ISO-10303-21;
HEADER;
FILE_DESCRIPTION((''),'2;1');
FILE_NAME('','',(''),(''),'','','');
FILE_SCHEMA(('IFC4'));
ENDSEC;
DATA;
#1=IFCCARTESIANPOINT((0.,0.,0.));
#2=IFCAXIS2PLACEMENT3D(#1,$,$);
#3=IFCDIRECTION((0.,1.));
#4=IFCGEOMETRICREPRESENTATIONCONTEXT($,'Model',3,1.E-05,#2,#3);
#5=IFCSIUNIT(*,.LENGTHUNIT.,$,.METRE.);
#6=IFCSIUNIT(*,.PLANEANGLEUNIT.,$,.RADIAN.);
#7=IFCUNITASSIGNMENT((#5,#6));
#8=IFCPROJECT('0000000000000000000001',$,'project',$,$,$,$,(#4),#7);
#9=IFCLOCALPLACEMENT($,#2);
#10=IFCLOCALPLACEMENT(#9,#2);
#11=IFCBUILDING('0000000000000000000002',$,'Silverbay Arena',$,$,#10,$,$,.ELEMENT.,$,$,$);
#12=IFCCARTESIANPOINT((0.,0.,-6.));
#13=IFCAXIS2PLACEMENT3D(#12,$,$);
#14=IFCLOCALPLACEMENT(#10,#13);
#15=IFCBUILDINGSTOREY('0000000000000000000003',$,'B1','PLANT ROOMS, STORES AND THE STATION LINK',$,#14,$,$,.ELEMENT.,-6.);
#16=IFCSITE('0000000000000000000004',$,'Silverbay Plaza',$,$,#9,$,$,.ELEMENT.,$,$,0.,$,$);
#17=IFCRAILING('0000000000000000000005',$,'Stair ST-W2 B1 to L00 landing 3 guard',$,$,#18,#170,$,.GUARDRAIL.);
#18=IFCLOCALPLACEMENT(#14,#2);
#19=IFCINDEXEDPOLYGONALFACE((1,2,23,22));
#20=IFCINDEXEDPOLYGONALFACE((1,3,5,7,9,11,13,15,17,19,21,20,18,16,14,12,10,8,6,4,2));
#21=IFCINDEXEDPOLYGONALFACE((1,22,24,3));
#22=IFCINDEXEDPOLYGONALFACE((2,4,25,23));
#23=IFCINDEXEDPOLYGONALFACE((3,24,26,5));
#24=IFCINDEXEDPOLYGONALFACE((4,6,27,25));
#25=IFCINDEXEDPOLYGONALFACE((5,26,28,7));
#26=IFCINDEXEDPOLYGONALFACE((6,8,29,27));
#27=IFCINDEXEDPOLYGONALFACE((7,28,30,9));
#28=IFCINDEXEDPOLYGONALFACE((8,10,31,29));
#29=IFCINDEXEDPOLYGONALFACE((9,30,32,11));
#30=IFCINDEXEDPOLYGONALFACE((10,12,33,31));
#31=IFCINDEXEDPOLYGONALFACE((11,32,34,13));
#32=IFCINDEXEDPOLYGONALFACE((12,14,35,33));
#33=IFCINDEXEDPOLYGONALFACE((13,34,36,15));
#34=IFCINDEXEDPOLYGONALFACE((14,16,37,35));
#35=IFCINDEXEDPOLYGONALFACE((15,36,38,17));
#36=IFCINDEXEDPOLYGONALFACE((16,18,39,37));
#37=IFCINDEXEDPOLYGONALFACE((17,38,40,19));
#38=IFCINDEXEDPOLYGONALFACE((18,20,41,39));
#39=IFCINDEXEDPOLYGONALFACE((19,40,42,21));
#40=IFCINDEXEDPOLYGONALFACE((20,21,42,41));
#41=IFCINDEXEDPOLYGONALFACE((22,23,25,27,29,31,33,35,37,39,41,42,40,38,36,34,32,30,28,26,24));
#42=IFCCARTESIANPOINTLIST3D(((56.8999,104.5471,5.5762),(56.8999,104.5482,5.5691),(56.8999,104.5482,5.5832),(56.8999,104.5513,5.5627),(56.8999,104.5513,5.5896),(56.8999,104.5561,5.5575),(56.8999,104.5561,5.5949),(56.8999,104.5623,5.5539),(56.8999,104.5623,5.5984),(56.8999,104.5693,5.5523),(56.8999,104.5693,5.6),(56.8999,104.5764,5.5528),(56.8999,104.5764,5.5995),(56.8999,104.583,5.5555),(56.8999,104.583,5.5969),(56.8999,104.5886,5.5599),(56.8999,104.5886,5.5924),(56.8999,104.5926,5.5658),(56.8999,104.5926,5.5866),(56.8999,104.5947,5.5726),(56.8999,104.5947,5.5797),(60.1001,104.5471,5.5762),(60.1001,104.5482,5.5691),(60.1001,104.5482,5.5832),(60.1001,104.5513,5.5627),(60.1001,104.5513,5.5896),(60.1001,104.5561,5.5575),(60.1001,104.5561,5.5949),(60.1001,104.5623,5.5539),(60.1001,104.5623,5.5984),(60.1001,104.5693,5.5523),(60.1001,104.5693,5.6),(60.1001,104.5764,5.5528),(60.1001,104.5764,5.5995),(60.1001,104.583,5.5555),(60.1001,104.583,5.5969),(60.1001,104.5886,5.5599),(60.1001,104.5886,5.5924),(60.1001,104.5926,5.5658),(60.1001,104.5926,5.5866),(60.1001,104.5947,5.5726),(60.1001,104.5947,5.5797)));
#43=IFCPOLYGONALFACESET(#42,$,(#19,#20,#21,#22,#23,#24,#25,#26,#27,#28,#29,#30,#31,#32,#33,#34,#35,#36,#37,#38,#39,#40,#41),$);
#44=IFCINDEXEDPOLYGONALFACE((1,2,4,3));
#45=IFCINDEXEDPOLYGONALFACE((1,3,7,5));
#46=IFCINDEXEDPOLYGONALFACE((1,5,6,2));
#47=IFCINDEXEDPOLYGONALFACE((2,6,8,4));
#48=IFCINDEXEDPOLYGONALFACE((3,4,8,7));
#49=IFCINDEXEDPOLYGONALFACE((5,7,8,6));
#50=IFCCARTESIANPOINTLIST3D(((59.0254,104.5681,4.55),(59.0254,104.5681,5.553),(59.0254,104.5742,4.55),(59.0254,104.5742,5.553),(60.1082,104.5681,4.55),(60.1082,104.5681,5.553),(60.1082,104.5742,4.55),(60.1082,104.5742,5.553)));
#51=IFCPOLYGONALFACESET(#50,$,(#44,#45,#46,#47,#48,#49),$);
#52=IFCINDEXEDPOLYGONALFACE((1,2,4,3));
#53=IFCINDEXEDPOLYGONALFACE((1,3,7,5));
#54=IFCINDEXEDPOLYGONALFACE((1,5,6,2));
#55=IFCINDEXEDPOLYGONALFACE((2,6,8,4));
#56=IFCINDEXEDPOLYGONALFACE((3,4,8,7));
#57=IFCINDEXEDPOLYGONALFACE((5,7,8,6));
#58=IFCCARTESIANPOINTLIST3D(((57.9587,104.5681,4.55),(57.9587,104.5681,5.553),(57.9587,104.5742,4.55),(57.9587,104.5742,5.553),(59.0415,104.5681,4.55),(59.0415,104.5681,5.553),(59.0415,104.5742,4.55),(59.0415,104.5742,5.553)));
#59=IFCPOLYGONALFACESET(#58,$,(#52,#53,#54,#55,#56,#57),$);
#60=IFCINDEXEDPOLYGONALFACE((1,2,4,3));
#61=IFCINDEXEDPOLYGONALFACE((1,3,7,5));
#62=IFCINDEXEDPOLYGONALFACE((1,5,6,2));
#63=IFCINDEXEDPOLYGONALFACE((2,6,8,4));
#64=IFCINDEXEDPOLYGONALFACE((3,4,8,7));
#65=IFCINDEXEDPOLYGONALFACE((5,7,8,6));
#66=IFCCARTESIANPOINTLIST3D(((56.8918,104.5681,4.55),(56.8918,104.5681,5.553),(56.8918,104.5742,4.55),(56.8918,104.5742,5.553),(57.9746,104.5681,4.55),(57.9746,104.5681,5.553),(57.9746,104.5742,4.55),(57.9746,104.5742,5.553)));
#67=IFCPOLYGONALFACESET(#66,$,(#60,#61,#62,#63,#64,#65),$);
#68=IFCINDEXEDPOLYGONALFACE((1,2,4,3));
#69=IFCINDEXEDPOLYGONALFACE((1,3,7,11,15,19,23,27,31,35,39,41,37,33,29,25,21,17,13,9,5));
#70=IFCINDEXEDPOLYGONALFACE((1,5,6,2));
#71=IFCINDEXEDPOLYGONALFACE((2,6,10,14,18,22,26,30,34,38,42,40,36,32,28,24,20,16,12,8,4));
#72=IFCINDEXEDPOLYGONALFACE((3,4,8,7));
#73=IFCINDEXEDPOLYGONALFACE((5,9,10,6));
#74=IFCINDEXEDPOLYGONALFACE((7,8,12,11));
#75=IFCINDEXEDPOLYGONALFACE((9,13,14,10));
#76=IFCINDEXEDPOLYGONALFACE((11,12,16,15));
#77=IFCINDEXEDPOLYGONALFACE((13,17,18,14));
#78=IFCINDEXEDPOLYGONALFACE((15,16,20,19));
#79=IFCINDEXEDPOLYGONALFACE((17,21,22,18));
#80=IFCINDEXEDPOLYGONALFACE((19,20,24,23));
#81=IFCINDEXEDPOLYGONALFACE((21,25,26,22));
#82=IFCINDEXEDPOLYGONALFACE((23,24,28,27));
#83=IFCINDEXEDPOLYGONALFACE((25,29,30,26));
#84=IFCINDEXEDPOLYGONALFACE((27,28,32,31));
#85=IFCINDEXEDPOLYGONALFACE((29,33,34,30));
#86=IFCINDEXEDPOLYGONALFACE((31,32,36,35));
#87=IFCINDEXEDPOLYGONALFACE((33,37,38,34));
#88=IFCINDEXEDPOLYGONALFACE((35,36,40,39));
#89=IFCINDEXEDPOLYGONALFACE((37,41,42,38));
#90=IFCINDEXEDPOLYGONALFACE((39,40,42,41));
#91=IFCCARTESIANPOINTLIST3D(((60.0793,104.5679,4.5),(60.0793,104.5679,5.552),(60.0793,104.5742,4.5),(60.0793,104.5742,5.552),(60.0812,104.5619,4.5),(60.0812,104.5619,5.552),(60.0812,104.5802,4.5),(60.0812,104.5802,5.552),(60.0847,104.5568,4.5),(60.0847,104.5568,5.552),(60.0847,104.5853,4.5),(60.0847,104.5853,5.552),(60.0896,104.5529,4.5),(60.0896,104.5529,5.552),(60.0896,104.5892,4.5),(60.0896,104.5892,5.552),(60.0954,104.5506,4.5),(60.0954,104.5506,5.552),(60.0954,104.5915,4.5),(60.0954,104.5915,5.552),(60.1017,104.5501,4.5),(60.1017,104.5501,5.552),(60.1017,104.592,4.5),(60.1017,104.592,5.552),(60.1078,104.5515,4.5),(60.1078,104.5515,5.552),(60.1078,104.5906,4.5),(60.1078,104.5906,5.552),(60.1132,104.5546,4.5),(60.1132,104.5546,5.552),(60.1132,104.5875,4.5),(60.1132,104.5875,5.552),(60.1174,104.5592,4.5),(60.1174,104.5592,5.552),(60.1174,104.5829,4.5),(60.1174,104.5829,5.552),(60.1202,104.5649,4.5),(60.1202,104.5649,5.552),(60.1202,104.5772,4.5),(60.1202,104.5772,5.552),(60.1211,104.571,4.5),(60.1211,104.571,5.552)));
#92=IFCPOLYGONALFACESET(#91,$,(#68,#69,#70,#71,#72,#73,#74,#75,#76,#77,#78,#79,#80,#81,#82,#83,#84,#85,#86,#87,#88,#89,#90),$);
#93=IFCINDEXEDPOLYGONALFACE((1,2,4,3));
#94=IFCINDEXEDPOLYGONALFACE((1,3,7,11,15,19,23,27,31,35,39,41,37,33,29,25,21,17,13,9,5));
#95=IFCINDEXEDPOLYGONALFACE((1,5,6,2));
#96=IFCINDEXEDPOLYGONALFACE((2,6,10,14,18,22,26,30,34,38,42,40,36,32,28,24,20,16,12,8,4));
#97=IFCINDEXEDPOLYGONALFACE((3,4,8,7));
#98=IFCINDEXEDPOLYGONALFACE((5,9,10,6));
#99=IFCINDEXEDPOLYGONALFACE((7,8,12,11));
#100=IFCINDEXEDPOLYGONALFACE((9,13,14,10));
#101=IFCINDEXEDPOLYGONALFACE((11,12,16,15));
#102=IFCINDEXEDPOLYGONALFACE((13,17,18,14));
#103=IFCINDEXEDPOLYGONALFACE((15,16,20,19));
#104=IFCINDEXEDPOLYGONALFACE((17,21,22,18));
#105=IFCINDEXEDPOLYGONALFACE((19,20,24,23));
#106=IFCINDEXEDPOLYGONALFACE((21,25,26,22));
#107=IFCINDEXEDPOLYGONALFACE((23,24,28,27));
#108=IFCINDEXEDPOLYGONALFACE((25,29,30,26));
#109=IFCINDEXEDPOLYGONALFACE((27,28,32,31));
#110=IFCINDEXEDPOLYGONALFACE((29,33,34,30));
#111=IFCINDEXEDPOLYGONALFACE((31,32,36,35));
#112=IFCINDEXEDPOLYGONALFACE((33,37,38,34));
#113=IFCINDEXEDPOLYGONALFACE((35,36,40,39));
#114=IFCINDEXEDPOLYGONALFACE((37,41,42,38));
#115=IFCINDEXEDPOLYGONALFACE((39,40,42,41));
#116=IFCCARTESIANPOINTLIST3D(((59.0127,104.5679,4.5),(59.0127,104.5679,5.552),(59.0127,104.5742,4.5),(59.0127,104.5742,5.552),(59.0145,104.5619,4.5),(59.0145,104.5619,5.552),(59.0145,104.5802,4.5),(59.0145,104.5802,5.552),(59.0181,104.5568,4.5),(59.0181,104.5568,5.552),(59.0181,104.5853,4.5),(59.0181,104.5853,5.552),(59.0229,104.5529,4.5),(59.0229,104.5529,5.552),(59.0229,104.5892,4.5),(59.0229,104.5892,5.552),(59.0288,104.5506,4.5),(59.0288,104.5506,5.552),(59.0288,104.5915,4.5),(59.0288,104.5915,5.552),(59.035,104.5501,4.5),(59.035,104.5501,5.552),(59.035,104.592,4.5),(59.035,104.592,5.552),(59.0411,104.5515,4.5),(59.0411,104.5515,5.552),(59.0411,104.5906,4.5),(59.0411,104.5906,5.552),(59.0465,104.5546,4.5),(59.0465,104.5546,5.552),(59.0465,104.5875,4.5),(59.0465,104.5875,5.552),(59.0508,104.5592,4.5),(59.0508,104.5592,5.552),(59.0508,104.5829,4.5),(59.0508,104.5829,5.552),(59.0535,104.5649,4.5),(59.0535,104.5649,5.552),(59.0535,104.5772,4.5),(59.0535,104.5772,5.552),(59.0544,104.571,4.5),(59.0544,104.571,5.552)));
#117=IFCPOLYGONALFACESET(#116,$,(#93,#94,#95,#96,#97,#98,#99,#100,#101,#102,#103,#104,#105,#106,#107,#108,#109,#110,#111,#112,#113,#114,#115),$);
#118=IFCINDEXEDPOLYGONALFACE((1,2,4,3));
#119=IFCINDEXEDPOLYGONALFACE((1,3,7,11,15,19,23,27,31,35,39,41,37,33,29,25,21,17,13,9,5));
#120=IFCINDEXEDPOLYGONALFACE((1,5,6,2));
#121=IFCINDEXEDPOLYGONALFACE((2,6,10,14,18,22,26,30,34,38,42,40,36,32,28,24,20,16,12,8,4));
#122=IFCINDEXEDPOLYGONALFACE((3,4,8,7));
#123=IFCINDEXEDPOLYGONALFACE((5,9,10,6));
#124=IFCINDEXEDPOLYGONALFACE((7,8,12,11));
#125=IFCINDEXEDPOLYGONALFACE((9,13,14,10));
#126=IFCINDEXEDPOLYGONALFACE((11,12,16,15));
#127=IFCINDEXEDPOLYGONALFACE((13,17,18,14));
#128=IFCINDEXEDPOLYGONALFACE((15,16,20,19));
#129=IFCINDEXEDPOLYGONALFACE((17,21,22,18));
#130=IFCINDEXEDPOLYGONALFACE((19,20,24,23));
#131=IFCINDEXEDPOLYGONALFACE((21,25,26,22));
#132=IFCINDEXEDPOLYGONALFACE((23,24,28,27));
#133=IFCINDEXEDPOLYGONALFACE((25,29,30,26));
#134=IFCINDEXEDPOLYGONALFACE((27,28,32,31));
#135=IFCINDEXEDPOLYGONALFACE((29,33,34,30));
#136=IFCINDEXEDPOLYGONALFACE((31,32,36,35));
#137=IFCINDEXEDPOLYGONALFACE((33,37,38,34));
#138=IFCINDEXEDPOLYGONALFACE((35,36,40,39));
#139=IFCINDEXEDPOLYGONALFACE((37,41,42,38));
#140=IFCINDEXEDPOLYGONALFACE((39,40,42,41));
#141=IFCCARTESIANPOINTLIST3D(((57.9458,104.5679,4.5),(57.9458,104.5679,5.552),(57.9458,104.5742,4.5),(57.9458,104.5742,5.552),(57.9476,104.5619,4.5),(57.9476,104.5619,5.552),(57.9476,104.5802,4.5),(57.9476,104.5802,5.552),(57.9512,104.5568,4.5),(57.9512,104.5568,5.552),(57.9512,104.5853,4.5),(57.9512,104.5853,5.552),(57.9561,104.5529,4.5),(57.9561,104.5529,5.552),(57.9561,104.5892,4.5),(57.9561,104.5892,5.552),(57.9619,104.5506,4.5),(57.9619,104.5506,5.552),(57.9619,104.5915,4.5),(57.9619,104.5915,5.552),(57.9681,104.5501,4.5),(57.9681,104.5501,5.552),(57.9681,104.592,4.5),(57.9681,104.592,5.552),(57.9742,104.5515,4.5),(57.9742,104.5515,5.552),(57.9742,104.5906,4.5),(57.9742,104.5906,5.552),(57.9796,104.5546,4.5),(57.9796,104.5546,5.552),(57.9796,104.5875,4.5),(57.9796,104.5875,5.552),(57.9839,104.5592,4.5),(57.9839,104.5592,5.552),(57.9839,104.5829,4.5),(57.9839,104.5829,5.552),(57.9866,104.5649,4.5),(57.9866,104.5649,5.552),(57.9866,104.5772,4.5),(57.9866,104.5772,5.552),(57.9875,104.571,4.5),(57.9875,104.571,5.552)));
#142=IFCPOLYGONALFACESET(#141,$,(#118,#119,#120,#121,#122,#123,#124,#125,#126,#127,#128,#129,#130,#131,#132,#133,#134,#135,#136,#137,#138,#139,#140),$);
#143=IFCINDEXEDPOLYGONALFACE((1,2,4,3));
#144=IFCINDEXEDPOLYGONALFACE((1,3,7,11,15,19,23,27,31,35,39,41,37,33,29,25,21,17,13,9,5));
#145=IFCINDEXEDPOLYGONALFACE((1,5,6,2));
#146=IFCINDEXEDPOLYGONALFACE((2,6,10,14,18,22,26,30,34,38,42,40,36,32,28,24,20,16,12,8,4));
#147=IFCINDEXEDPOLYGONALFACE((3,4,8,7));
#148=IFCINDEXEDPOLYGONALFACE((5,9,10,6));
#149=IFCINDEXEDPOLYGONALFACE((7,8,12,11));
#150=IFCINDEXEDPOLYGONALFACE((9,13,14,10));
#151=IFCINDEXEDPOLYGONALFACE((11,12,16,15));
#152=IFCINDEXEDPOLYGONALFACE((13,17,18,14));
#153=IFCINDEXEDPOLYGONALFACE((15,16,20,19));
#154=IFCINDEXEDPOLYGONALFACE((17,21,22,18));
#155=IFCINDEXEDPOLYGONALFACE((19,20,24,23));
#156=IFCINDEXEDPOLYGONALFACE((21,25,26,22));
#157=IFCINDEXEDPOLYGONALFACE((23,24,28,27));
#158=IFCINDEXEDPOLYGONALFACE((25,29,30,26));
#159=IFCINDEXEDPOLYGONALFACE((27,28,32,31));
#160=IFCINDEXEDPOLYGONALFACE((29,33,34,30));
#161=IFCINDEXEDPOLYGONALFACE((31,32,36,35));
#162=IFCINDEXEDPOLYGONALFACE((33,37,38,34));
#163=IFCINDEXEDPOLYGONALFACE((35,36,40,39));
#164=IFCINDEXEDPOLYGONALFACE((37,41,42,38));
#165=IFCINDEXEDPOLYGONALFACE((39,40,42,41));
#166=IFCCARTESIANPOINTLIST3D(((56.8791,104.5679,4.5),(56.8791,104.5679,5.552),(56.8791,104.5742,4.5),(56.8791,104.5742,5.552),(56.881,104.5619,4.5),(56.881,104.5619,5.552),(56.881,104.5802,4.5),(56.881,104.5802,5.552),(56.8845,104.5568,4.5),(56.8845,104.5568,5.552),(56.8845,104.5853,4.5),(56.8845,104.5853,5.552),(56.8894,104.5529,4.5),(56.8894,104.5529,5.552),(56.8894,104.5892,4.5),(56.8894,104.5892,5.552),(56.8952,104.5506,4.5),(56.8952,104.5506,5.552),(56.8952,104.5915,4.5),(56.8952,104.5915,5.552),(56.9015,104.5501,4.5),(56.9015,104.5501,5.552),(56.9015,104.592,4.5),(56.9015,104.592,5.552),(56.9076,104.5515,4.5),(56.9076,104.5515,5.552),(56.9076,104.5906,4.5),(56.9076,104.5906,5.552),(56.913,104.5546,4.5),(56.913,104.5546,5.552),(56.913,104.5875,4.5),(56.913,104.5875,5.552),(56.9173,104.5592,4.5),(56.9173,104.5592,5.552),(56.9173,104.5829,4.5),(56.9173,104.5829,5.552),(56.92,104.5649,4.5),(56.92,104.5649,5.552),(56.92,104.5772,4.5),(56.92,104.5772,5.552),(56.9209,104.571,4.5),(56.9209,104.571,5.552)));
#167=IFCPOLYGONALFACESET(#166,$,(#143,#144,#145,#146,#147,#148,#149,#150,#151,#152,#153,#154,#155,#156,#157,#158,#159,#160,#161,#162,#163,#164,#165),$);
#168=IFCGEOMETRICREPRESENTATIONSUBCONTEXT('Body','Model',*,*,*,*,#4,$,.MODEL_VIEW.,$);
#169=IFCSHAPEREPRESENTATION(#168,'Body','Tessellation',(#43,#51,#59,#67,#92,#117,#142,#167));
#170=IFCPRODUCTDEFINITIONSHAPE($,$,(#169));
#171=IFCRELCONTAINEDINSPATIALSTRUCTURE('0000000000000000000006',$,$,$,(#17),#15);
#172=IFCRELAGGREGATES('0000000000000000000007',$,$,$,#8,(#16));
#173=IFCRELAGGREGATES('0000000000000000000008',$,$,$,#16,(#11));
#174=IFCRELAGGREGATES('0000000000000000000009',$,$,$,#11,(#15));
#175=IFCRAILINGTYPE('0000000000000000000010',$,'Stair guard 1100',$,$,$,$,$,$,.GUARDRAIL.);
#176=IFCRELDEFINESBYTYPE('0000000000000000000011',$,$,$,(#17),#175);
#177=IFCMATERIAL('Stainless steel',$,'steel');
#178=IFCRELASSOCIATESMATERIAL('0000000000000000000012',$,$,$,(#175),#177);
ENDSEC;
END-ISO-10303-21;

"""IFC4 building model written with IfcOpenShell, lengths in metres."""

from ifc_helpers import new_model, si_unit, direction, frame, origin, origin_2d, place, context, subcontext, project, spatial, polyline, circle, outline, extrude, material, type_object, element, save


model = new_model("IFC4")

# Units and contexts
model_context = context("Model", 3, precision=1e-05, world=origin(), true_north=direction((0.0, 1.0)))
body_context = subcontext(model_context, "Body", "Model", "MODEL_VIEW")
ifc_project = project(units=[si_unit("LENGTHUNIT", "METRE"), si_unit("PLANEANGLEUNIT", "RADIAN")], contexts=[model_context])

# Site, building, storey
site_placement = place(None, origin())
site = spatial("IfcSite", under=ifc_project, at=site_placement, Name="Silverbay Plaza", CompositionType="ELEMENT", RefElevation=0.0)
building_placement = place(site_placement, origin())
building = spatial("IfcBuilding", under=site, at=building_placement, Name="Silverbay Arena", CompositionType="ELEMENT")
storey_placement = place(building_placement, frame((0.0, 0.0, -6.0)))
storey = spatial("IfcBuildingStorey", under=building, at=storey_placement, Name="B1", Description="PLANT ROOMS, STORES AND THE STATION LINK", CompositionType="ELEMENT", Elevation=-6.0)

# Railing
ifc_material_1 = material(Name="Stainless steel", Category="steel")
railing_type_1 = type_object("IfcRailingType", Name="Stair guard 1100", PredefinedType="GUARDRAIL", material=ifc_material_1)
for number, where, name in (
    (1, (60.1001, 104.571, 4.5), "Stair ST-W2 B1 to L00 landing 3 guard"),
):
    element("IfcRailing", number, at=place(storey_placement, frame(where)), inside=storey, type_object=railing_type_1, Name=name, PredefinedType="GUARDRAIL", context=body_context, shape_type="SweptSolid", body=[
        extrude(circle(Radius=0.0239, at=origin_2d()), frame((0.0, 0.0, 1.0762), z_axis=(-1.0, 0.0, 0.0), x_axis=(0.0, -1.0, 0.0)), (0.0, 0.0, 1.0), 3.2002),
        extrude(outline(polyline([(-0.0081, 0.05), (1.0747, 0.05), (1.0747, 1.053), (-0.0081, 1.053), (-0.0081, 0.05)])), frame((0.0, -0.0029, 0.0), z_axis=(0.0, 1.0, 0.0), x_axis=(-1.0, 0.0, 0.0)), (0.0, 0.0, 1.0), 0.0061),
        extrude(outline(polyline([(-0.0081, 0.05), (1.0747, 0.05), (1.0747, 1.053), (-0.0081, 1.053), (-0.0081, 0.05)])), frame((-1.0667, -0.0029, 0.0), z_axis=(0.0, 1.0, 0.0), x_axis=(-1.0, 0.0, 0.0)), (0.0, 0.0, 1.0), 0.0061),
        extrude(outline(polyline([(-0.0081, 0.05), (1.0747, 0.05), (1.0747, 1.053), (-0.0081, 1.053), (-0.0081, 0.05)])), frame((-2.1335, -0.0029, 0.0), z_axis=(0.0, 1.0, 0.0), x_axis=(-1.0, 0.0, 0.0)), (0.0, 0.0, 1.0), 0.0061),
        extrude(circle(Radius=0.021, at=origin_2d()), origin(), (0.0, 0.0, 1.0), 1.052),
        extrude(circle(Radius=0.021, at=origin_2d()), frame((-1.0667, 0.0, 0.0)), (0.0, 0.0, 1.0), 1.052),
        extrude(circle(Radius=0.021, at=origin_2d()), frame((-2.1335, 0.0, 0.0)), (0.0, 0.0, 1.0), 1.052),
        extrude(circle(Radius=0.021, at=origin_2d()), frame((-3.2002, 0.0, 0.0)), (0.0, 0.0, 1.0), 1.052),
    ])

save(model, "model.ifc")
